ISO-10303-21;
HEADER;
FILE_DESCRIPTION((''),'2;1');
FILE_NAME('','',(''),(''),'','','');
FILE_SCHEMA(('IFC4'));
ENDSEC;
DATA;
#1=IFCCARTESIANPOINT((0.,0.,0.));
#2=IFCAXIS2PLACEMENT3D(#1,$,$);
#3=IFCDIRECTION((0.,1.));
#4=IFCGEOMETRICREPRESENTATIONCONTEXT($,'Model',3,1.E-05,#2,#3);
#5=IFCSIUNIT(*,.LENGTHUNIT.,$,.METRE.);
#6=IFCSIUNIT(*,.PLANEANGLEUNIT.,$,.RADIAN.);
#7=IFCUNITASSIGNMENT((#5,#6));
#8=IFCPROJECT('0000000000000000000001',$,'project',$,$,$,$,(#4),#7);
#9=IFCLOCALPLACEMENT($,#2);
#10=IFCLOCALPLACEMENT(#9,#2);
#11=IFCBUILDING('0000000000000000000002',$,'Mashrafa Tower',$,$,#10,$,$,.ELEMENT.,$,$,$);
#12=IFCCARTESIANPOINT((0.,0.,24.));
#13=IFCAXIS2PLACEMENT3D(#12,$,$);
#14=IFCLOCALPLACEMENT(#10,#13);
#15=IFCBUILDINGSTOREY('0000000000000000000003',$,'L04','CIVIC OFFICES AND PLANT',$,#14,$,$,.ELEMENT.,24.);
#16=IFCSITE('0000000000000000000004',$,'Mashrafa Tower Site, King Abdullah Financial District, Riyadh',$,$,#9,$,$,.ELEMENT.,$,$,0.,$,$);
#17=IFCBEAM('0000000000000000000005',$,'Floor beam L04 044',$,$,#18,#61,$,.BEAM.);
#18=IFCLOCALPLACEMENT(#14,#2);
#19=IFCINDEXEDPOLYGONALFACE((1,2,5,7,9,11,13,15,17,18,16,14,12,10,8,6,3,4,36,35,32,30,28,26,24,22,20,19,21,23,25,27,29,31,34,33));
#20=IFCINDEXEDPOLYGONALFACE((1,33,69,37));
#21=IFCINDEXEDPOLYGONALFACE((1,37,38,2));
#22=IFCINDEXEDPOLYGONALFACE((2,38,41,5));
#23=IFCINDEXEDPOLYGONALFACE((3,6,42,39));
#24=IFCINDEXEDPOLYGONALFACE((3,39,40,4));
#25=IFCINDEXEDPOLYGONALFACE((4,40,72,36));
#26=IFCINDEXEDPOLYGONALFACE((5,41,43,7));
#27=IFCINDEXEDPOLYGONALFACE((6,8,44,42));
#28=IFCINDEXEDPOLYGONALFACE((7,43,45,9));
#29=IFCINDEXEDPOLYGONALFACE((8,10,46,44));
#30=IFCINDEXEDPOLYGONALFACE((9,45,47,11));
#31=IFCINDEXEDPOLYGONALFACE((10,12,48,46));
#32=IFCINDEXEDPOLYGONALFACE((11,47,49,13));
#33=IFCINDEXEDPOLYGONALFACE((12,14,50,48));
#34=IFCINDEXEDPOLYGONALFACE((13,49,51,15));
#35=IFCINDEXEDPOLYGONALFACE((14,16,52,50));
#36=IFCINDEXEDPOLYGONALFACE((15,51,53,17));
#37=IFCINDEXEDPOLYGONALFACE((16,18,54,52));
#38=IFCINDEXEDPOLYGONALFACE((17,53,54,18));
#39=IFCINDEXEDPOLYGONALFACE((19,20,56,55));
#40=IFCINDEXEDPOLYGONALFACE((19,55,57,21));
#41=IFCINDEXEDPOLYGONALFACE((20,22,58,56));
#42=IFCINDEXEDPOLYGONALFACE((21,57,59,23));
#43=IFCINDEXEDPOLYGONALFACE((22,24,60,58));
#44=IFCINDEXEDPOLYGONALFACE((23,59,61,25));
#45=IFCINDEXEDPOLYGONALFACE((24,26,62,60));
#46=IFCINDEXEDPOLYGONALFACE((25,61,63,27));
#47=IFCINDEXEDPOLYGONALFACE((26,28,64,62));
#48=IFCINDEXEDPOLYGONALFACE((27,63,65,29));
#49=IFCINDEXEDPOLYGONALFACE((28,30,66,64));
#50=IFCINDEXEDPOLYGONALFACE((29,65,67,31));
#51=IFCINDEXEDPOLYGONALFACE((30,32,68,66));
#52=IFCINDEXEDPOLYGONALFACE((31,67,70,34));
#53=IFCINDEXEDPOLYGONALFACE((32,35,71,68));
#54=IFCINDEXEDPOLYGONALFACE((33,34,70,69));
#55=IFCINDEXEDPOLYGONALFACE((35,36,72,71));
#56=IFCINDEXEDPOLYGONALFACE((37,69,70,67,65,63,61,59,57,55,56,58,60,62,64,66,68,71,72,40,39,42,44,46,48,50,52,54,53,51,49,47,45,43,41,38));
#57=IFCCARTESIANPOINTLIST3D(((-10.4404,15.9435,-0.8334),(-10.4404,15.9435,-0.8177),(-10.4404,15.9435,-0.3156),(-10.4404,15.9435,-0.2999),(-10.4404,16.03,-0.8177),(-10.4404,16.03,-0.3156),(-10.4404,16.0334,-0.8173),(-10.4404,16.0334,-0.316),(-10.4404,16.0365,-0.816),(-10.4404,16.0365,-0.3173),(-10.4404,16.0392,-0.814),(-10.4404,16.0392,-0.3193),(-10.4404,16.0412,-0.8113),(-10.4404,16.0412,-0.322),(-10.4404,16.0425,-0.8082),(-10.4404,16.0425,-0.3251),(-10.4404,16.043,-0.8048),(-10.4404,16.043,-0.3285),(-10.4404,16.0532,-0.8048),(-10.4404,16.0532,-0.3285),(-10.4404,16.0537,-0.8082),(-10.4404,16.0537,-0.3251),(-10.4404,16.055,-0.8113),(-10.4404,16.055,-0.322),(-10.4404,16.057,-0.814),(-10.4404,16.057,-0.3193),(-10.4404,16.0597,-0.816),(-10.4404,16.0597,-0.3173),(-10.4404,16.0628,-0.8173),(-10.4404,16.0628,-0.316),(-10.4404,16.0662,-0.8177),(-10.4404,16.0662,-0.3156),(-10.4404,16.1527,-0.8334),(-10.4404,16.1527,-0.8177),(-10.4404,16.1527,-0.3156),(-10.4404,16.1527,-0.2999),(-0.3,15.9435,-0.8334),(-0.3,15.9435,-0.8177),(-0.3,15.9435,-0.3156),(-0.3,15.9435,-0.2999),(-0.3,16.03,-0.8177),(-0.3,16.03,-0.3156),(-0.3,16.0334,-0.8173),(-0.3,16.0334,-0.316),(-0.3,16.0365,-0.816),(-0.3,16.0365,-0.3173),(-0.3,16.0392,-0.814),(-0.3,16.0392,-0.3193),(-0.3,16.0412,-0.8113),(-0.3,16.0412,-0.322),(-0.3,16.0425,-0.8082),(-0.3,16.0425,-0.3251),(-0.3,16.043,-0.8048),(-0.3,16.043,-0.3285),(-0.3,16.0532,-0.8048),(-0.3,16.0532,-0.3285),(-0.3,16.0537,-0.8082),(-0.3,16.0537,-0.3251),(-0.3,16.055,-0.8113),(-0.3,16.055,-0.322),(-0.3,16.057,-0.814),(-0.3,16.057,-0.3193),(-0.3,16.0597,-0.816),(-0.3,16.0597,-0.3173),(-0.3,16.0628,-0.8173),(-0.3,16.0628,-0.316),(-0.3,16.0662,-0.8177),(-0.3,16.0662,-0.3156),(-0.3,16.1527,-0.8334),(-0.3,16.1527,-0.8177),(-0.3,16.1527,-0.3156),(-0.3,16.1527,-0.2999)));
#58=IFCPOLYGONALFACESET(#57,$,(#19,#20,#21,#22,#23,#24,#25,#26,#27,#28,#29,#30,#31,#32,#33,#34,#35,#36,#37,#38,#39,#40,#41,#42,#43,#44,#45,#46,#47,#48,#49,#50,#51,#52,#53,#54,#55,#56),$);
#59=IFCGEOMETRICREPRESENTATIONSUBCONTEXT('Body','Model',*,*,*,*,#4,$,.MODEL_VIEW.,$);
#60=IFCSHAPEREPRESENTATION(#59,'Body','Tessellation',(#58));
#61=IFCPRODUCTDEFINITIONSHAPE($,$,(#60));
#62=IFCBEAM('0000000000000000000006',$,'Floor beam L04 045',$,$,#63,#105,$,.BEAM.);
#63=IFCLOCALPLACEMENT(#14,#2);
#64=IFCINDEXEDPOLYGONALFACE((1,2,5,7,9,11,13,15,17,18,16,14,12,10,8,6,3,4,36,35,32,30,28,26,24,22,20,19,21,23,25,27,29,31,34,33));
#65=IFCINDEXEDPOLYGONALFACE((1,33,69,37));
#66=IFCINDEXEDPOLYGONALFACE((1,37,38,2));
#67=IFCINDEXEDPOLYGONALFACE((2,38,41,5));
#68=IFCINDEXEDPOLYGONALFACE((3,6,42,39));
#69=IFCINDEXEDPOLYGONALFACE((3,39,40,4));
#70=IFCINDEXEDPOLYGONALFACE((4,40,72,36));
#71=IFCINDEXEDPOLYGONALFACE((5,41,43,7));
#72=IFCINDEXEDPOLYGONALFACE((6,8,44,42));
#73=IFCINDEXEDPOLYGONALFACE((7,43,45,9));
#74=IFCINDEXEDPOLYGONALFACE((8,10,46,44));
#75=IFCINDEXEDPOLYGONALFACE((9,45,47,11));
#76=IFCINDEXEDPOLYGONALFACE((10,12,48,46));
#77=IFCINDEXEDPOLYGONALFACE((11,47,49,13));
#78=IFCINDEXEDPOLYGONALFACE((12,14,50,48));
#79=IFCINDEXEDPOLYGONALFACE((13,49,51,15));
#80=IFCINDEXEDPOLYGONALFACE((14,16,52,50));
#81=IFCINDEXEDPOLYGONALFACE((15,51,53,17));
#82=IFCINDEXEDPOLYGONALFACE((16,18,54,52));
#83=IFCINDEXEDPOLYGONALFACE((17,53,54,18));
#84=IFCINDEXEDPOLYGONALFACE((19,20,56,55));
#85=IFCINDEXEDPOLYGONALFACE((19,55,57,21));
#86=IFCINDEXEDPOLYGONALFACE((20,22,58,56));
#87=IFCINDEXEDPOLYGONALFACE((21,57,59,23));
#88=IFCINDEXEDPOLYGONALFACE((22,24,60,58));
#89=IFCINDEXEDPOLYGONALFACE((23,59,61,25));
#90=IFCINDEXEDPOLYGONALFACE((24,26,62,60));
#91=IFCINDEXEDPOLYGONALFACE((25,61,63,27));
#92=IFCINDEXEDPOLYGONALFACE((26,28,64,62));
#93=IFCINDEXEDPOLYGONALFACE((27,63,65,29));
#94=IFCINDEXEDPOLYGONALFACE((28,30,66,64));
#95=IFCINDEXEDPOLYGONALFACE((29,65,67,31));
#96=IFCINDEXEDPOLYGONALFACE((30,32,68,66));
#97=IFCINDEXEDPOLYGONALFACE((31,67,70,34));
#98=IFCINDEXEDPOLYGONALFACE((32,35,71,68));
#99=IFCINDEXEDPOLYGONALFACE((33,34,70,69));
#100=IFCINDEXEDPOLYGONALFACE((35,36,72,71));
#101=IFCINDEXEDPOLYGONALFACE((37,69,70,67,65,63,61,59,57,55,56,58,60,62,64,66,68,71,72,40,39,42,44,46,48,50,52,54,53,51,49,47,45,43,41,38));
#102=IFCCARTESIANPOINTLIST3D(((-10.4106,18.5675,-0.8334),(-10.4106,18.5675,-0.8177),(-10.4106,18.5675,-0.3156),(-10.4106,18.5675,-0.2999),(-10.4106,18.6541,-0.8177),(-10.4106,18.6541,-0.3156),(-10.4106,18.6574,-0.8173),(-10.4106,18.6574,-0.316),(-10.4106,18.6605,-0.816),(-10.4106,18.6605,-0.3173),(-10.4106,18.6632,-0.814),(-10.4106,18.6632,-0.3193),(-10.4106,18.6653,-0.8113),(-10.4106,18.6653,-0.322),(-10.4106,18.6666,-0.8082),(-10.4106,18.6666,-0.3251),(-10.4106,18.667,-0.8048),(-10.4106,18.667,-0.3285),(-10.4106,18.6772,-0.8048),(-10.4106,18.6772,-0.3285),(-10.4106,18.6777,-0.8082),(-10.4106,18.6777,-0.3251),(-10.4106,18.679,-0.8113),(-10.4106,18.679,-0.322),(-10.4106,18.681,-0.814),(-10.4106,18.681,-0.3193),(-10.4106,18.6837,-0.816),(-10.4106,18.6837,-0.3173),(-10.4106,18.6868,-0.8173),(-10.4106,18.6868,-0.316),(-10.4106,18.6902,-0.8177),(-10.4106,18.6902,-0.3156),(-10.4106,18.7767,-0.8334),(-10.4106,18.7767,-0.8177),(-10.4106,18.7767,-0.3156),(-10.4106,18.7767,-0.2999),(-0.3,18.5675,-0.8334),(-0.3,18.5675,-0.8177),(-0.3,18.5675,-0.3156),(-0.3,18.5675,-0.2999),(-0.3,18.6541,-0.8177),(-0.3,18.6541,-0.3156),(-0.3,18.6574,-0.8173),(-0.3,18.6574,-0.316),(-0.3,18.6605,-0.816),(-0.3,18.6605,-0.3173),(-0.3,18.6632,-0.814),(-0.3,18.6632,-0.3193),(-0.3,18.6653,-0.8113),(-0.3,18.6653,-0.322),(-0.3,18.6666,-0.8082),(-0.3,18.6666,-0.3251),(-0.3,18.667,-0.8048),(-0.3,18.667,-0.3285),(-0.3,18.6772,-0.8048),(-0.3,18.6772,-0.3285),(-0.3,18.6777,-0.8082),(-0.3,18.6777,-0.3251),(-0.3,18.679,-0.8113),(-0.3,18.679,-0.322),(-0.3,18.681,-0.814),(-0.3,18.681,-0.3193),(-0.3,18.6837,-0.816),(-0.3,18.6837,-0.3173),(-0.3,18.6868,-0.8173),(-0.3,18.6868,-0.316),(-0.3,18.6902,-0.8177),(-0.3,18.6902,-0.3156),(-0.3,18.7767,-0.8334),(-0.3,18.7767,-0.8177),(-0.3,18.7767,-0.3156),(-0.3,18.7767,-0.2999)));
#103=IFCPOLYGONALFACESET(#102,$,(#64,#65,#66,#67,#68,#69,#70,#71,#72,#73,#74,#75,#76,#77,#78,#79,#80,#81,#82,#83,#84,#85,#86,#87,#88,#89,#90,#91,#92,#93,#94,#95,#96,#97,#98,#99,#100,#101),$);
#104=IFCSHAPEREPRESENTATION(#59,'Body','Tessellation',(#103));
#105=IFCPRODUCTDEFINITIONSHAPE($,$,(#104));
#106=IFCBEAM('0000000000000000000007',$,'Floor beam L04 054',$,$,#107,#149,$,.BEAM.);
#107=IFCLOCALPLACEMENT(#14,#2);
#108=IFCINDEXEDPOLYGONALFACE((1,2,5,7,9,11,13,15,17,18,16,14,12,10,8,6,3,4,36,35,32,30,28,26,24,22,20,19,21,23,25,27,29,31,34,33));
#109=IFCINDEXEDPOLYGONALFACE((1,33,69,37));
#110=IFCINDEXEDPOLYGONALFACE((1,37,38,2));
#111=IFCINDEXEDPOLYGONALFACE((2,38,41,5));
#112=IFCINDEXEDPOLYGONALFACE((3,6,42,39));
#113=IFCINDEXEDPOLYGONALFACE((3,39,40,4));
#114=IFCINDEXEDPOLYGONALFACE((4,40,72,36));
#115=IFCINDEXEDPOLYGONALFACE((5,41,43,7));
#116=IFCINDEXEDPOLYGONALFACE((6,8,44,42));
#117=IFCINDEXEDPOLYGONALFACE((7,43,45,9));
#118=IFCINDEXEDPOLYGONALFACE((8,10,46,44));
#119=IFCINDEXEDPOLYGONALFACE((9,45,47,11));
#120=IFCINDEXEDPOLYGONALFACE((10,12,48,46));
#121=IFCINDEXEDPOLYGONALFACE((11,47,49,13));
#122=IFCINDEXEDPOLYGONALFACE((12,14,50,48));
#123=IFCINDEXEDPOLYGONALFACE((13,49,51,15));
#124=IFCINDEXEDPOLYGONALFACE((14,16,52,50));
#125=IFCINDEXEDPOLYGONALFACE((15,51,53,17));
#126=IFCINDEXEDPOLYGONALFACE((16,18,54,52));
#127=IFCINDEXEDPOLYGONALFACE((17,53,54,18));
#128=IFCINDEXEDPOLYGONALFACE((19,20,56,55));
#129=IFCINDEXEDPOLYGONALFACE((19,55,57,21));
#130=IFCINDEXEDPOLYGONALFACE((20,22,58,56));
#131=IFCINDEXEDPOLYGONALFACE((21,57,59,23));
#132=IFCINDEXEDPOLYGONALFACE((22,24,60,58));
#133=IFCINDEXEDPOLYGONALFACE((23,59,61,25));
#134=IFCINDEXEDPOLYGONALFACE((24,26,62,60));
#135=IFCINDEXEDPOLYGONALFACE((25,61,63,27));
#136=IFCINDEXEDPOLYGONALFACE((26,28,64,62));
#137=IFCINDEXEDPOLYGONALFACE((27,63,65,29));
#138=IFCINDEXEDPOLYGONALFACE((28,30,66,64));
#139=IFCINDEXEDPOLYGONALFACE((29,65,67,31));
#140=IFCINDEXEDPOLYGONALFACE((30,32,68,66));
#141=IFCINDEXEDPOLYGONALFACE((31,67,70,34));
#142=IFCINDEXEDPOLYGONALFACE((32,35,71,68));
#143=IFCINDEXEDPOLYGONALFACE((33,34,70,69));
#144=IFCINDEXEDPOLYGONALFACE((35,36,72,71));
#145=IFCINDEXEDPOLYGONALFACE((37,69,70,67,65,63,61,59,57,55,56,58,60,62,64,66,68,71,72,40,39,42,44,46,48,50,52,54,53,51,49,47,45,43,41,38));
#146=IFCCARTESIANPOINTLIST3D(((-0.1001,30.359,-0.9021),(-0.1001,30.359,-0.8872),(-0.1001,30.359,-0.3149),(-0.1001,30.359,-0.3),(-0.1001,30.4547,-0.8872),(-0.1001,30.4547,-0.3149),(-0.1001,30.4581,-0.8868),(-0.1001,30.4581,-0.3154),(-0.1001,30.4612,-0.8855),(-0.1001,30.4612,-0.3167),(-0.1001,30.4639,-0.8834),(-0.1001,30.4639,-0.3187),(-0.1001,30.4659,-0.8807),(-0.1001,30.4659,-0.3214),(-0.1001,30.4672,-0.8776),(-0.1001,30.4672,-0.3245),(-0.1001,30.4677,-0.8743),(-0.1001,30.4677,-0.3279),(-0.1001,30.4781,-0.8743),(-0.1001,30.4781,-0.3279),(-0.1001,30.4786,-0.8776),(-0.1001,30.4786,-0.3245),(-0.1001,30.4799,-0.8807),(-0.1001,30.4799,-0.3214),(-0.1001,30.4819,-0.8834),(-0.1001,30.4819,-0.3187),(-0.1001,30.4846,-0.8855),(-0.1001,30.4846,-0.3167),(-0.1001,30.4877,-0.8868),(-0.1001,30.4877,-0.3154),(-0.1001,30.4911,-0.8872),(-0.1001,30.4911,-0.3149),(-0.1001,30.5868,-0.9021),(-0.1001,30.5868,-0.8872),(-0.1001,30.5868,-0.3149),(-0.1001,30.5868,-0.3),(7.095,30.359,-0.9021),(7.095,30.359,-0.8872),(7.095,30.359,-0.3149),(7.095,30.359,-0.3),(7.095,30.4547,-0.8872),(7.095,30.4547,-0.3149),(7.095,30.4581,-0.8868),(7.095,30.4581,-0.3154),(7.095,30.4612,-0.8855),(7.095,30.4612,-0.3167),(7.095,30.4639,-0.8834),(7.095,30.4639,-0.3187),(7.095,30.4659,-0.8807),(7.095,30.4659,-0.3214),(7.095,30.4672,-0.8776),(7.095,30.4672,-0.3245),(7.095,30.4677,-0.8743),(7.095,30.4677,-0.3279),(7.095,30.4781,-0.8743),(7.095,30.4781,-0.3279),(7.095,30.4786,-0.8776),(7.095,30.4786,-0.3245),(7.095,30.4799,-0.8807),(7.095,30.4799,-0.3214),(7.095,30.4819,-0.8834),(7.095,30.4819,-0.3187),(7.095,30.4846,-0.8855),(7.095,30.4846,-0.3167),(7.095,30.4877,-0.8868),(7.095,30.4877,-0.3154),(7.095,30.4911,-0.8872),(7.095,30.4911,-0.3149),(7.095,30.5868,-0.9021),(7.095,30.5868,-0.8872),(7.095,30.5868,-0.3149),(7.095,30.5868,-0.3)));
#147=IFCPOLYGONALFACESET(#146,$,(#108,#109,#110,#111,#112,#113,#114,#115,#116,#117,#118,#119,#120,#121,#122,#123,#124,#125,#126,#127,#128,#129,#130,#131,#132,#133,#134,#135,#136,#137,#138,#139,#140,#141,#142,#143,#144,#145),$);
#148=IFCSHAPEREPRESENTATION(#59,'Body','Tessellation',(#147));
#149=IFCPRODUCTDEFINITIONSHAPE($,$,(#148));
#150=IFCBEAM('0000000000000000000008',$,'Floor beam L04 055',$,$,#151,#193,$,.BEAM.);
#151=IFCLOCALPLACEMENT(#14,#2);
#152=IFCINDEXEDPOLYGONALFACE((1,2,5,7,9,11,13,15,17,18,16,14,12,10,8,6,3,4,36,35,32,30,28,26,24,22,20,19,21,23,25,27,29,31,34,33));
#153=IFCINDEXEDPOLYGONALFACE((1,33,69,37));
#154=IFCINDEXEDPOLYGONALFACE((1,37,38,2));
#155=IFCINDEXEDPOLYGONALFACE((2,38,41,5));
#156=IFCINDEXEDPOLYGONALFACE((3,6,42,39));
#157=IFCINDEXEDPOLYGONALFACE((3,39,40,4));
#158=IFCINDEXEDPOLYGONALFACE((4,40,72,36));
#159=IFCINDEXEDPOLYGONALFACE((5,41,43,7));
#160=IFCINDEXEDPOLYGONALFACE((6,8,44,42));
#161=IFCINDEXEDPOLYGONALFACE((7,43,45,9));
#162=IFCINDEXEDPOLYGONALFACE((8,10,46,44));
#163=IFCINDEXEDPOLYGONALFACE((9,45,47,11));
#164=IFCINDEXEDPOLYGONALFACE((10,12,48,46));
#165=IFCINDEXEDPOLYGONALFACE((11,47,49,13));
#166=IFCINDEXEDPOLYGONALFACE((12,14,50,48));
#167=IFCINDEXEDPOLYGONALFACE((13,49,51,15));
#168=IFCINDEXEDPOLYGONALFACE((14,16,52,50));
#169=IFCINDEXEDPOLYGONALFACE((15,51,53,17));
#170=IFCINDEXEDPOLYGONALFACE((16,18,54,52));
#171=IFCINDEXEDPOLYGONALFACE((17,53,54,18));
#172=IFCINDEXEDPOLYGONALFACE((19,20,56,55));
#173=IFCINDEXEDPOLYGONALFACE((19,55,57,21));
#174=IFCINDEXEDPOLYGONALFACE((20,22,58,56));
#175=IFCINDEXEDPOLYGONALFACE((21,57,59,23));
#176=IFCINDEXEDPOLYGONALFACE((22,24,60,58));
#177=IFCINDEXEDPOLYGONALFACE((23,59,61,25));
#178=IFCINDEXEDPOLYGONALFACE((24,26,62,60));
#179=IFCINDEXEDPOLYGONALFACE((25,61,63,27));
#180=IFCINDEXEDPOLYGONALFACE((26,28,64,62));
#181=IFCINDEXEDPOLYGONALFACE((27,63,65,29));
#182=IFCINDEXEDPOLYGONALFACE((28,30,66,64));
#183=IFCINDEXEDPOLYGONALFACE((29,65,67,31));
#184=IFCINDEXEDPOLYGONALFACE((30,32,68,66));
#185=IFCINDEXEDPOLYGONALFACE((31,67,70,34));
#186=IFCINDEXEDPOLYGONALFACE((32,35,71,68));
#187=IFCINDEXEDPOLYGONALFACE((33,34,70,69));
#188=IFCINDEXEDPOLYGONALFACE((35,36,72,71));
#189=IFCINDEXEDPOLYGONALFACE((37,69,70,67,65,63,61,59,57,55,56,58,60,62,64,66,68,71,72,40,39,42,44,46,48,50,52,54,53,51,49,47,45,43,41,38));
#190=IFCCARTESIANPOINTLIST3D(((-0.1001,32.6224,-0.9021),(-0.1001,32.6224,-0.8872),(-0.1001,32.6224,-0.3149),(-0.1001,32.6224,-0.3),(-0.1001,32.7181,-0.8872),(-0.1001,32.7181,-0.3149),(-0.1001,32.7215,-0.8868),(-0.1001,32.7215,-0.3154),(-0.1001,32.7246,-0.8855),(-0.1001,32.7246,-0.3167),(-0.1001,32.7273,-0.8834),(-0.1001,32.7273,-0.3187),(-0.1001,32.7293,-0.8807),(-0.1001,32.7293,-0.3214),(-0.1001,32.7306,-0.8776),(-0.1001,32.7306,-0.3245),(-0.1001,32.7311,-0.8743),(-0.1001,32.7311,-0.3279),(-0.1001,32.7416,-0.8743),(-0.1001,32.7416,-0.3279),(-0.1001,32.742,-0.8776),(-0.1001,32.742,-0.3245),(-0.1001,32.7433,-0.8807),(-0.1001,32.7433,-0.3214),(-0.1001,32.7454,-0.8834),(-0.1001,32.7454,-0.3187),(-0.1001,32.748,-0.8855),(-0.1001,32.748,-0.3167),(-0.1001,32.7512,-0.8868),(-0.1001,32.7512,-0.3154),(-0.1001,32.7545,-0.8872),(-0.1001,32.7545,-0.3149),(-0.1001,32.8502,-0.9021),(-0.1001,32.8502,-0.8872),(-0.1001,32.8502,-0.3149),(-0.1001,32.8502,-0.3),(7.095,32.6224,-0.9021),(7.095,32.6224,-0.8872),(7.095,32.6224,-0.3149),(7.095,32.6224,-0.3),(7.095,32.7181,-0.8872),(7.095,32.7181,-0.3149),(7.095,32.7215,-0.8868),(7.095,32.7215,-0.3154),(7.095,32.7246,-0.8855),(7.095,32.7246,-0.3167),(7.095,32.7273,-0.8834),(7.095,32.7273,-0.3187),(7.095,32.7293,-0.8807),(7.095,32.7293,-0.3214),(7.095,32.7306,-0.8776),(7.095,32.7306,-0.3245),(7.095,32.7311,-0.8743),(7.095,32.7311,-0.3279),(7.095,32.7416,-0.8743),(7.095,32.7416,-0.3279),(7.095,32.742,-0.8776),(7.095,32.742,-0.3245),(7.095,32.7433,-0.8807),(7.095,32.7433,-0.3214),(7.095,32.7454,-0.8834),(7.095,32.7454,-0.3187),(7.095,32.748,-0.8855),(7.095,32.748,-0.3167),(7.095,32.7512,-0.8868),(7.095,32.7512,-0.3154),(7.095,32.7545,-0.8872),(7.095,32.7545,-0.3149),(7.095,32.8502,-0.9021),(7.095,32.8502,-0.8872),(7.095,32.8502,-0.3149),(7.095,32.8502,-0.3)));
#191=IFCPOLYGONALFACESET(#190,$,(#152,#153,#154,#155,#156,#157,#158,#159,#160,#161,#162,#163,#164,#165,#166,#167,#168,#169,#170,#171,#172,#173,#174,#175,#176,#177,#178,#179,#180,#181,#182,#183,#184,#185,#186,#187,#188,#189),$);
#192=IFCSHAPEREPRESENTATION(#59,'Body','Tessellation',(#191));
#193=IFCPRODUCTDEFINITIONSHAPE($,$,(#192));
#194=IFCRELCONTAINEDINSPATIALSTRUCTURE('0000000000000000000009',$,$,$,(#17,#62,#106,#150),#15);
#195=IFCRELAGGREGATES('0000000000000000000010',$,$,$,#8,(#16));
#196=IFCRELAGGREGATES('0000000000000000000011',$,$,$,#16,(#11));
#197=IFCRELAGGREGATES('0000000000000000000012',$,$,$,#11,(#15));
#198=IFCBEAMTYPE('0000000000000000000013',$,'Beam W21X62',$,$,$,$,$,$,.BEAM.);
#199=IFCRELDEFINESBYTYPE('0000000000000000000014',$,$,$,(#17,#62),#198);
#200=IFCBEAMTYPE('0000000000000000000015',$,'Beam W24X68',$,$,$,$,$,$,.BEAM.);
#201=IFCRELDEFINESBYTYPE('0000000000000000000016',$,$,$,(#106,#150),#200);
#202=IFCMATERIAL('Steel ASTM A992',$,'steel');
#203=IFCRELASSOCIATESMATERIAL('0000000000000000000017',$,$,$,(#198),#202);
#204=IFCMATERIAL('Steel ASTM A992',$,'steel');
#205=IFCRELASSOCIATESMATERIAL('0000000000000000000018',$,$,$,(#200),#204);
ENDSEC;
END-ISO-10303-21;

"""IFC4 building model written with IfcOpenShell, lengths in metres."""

from ifc_helpers import new_model, si_unit, direction, frame, origin, origin_2d, place, context, subcontext, project, spatial, i_section, extrude, material, material_profile, profile_set, type_object, element, save


model = new_model("IFC4")

# Units and contexts
model_context = context("Model", 3, precision=1e-05, world=origin(), true_north=direction((0.0, 1.0)))
body_context = subcontext(model_context, "Body", "Model", "MODEL_VIEW")
ifc_project = project(units=[si_unit("LENGTHUNIT", "METRE"), si_unit("PLANEANGLEUNIT", "RADIAN")], contexts=[model_context])

# Site, building, storey
site_placement = place(None, origin())
site = spatial("IfcSite", under=ifc_project, at=site_placement, Name="Mashrafa Tower Site, King Abdullah Financial District, Riyadh", CompositionType="ELEMENT", RefElevation=0.0)
building_placement = place(site_placement, origin())
building = spatial("IfcBuilding", under=site, at=building_placement, Name="Mashrafa Tower", CompositionType="ELEMENT")
storey_placement = place(building_placement, frame((0.0, 0.0, 24.0)))
storey = spatial("IfcBuildingStorey", under=building, at=storey_placement, Name="L04", Description="CIVIC OFFICES AND PLANT", CompositionType="ELEMENT", Elevation=24.0)

# Beams
ifc_material_1 = material(Name="Steel ASTM A992", Category="steel")
ifc_material_profile_1 = material_profile(ifc_material_1, i_section(OverallWidth=0.2092, OverallDepth=0.5334, WebThickness=0.0103, FlangeThickness=0.0156, FilletRadius=0.0129, at=origin_2d()), Name="W21X62")
ifc_profile_set_1 = profile_set([ifc_material_profile_1], Name="Steel ASTM A992")
beam_type_1 = type_object("IfcBeamType", Name="Beam W21X62", PredefinedType="BEAM", material=ifc_profile_set_1)
beam_1_placement = place(storey_placement, frame((-10.4404, 16.0481, -0.5667), z_axis=(1.0, 0.0, 0.0), x_axis=(0.0, 1.0, 0.0)))
element("IfcBeam", 1, at=beam_1_placement, inside=storey, type_object=beam_type_1, Name="Floor beam L04 044", PredefinedType="BEAM", context=body_context, shape_type="SweptSolid", body=[
    extrude(i_section(OverallWidth=0.2092, OverallDepth=0.5334, WebThickness=0.0103, FlangeThickness=0.0156, FilletRadius=0.0129, at=origin_2d()), origin(), (0.0, 0.0, 1.0), 10.1404),
])
beam_2_placement = place(storey_placement, frame((-10.4106, 18.6721, -0.5667), z_axis=(1.0, 0.0, 0.0), x_axis=(0.0, 1.0, 0.0)))
element("IfcBeam", 2, at=beam_2_placement, inside=storey, type_object=beam_type_1, Name="Floor beam L04 045", PredefinedType="BEAM", context=body_context, shape_type="SweptSolid", body=[
    extrude(i_section(OverallWidth=0.2092, OverallDepth=0.5334, WebThickness=0.0103, FlangeThickness=0.0156, FilletRadius=0.0129, at=origin_2d()), origin(), (0.0, 0.0, 1.0), 10.1106),
])
ifc_material_2 = material(Name="Steel ASTM A992", Category="steel")
ifc_material_profile_2 = material_profile(ifc_material_2, i_section(OverallWidth=0.2278, OverallDepth=0.6021, WebThickness=0.0105, FlangeThickness=0.0149, FilletRadius=0.0129, at=origin_2d()), Name="W24X68")
ifc_profile_set_2 = profile_set([ifc_material_profile_2], Name="Steel ASTM A992")
beam_type_2 = type_object("IfcBeamType", Name="Beam W24X68", PredefinedType="BEAM", material=ifc_profile_set_2)
for number, where, z_axis, x_axis, name in (
    (3, (-0.1001, 30.4729, -0.6011), (1.0, 0.0, 0.0), (0.0, 1.0, 0.0), "Floor beam L04 054"),
    (4, (-0.1001, 32.7363, -0.6011), (1.0, 0.0, 0.0), (0.0, 1.0, 0.0), "Floor beam L04 055"),
):
    element("IfcBeam", number, at=place(storey_placement, frame(where, z_axis=z_axis, x_axis=x_axis)), inside=storey, type_object=beam_type_2, Name=name, PredefinedType="BEAM", context=body_context, shape_type="SweptSolid", body=[
        extrude(i_section(OverallWidth=0.2278, OverallDepth=0.6021, WebThickness=0.0105, FlangeThickness=0.0149, FilletRadius=0.0129, at=origin_2d()), origin(), (0.0, 0.0, 1.0), 7.1951),
    ])

save(model, "model.ifc")
